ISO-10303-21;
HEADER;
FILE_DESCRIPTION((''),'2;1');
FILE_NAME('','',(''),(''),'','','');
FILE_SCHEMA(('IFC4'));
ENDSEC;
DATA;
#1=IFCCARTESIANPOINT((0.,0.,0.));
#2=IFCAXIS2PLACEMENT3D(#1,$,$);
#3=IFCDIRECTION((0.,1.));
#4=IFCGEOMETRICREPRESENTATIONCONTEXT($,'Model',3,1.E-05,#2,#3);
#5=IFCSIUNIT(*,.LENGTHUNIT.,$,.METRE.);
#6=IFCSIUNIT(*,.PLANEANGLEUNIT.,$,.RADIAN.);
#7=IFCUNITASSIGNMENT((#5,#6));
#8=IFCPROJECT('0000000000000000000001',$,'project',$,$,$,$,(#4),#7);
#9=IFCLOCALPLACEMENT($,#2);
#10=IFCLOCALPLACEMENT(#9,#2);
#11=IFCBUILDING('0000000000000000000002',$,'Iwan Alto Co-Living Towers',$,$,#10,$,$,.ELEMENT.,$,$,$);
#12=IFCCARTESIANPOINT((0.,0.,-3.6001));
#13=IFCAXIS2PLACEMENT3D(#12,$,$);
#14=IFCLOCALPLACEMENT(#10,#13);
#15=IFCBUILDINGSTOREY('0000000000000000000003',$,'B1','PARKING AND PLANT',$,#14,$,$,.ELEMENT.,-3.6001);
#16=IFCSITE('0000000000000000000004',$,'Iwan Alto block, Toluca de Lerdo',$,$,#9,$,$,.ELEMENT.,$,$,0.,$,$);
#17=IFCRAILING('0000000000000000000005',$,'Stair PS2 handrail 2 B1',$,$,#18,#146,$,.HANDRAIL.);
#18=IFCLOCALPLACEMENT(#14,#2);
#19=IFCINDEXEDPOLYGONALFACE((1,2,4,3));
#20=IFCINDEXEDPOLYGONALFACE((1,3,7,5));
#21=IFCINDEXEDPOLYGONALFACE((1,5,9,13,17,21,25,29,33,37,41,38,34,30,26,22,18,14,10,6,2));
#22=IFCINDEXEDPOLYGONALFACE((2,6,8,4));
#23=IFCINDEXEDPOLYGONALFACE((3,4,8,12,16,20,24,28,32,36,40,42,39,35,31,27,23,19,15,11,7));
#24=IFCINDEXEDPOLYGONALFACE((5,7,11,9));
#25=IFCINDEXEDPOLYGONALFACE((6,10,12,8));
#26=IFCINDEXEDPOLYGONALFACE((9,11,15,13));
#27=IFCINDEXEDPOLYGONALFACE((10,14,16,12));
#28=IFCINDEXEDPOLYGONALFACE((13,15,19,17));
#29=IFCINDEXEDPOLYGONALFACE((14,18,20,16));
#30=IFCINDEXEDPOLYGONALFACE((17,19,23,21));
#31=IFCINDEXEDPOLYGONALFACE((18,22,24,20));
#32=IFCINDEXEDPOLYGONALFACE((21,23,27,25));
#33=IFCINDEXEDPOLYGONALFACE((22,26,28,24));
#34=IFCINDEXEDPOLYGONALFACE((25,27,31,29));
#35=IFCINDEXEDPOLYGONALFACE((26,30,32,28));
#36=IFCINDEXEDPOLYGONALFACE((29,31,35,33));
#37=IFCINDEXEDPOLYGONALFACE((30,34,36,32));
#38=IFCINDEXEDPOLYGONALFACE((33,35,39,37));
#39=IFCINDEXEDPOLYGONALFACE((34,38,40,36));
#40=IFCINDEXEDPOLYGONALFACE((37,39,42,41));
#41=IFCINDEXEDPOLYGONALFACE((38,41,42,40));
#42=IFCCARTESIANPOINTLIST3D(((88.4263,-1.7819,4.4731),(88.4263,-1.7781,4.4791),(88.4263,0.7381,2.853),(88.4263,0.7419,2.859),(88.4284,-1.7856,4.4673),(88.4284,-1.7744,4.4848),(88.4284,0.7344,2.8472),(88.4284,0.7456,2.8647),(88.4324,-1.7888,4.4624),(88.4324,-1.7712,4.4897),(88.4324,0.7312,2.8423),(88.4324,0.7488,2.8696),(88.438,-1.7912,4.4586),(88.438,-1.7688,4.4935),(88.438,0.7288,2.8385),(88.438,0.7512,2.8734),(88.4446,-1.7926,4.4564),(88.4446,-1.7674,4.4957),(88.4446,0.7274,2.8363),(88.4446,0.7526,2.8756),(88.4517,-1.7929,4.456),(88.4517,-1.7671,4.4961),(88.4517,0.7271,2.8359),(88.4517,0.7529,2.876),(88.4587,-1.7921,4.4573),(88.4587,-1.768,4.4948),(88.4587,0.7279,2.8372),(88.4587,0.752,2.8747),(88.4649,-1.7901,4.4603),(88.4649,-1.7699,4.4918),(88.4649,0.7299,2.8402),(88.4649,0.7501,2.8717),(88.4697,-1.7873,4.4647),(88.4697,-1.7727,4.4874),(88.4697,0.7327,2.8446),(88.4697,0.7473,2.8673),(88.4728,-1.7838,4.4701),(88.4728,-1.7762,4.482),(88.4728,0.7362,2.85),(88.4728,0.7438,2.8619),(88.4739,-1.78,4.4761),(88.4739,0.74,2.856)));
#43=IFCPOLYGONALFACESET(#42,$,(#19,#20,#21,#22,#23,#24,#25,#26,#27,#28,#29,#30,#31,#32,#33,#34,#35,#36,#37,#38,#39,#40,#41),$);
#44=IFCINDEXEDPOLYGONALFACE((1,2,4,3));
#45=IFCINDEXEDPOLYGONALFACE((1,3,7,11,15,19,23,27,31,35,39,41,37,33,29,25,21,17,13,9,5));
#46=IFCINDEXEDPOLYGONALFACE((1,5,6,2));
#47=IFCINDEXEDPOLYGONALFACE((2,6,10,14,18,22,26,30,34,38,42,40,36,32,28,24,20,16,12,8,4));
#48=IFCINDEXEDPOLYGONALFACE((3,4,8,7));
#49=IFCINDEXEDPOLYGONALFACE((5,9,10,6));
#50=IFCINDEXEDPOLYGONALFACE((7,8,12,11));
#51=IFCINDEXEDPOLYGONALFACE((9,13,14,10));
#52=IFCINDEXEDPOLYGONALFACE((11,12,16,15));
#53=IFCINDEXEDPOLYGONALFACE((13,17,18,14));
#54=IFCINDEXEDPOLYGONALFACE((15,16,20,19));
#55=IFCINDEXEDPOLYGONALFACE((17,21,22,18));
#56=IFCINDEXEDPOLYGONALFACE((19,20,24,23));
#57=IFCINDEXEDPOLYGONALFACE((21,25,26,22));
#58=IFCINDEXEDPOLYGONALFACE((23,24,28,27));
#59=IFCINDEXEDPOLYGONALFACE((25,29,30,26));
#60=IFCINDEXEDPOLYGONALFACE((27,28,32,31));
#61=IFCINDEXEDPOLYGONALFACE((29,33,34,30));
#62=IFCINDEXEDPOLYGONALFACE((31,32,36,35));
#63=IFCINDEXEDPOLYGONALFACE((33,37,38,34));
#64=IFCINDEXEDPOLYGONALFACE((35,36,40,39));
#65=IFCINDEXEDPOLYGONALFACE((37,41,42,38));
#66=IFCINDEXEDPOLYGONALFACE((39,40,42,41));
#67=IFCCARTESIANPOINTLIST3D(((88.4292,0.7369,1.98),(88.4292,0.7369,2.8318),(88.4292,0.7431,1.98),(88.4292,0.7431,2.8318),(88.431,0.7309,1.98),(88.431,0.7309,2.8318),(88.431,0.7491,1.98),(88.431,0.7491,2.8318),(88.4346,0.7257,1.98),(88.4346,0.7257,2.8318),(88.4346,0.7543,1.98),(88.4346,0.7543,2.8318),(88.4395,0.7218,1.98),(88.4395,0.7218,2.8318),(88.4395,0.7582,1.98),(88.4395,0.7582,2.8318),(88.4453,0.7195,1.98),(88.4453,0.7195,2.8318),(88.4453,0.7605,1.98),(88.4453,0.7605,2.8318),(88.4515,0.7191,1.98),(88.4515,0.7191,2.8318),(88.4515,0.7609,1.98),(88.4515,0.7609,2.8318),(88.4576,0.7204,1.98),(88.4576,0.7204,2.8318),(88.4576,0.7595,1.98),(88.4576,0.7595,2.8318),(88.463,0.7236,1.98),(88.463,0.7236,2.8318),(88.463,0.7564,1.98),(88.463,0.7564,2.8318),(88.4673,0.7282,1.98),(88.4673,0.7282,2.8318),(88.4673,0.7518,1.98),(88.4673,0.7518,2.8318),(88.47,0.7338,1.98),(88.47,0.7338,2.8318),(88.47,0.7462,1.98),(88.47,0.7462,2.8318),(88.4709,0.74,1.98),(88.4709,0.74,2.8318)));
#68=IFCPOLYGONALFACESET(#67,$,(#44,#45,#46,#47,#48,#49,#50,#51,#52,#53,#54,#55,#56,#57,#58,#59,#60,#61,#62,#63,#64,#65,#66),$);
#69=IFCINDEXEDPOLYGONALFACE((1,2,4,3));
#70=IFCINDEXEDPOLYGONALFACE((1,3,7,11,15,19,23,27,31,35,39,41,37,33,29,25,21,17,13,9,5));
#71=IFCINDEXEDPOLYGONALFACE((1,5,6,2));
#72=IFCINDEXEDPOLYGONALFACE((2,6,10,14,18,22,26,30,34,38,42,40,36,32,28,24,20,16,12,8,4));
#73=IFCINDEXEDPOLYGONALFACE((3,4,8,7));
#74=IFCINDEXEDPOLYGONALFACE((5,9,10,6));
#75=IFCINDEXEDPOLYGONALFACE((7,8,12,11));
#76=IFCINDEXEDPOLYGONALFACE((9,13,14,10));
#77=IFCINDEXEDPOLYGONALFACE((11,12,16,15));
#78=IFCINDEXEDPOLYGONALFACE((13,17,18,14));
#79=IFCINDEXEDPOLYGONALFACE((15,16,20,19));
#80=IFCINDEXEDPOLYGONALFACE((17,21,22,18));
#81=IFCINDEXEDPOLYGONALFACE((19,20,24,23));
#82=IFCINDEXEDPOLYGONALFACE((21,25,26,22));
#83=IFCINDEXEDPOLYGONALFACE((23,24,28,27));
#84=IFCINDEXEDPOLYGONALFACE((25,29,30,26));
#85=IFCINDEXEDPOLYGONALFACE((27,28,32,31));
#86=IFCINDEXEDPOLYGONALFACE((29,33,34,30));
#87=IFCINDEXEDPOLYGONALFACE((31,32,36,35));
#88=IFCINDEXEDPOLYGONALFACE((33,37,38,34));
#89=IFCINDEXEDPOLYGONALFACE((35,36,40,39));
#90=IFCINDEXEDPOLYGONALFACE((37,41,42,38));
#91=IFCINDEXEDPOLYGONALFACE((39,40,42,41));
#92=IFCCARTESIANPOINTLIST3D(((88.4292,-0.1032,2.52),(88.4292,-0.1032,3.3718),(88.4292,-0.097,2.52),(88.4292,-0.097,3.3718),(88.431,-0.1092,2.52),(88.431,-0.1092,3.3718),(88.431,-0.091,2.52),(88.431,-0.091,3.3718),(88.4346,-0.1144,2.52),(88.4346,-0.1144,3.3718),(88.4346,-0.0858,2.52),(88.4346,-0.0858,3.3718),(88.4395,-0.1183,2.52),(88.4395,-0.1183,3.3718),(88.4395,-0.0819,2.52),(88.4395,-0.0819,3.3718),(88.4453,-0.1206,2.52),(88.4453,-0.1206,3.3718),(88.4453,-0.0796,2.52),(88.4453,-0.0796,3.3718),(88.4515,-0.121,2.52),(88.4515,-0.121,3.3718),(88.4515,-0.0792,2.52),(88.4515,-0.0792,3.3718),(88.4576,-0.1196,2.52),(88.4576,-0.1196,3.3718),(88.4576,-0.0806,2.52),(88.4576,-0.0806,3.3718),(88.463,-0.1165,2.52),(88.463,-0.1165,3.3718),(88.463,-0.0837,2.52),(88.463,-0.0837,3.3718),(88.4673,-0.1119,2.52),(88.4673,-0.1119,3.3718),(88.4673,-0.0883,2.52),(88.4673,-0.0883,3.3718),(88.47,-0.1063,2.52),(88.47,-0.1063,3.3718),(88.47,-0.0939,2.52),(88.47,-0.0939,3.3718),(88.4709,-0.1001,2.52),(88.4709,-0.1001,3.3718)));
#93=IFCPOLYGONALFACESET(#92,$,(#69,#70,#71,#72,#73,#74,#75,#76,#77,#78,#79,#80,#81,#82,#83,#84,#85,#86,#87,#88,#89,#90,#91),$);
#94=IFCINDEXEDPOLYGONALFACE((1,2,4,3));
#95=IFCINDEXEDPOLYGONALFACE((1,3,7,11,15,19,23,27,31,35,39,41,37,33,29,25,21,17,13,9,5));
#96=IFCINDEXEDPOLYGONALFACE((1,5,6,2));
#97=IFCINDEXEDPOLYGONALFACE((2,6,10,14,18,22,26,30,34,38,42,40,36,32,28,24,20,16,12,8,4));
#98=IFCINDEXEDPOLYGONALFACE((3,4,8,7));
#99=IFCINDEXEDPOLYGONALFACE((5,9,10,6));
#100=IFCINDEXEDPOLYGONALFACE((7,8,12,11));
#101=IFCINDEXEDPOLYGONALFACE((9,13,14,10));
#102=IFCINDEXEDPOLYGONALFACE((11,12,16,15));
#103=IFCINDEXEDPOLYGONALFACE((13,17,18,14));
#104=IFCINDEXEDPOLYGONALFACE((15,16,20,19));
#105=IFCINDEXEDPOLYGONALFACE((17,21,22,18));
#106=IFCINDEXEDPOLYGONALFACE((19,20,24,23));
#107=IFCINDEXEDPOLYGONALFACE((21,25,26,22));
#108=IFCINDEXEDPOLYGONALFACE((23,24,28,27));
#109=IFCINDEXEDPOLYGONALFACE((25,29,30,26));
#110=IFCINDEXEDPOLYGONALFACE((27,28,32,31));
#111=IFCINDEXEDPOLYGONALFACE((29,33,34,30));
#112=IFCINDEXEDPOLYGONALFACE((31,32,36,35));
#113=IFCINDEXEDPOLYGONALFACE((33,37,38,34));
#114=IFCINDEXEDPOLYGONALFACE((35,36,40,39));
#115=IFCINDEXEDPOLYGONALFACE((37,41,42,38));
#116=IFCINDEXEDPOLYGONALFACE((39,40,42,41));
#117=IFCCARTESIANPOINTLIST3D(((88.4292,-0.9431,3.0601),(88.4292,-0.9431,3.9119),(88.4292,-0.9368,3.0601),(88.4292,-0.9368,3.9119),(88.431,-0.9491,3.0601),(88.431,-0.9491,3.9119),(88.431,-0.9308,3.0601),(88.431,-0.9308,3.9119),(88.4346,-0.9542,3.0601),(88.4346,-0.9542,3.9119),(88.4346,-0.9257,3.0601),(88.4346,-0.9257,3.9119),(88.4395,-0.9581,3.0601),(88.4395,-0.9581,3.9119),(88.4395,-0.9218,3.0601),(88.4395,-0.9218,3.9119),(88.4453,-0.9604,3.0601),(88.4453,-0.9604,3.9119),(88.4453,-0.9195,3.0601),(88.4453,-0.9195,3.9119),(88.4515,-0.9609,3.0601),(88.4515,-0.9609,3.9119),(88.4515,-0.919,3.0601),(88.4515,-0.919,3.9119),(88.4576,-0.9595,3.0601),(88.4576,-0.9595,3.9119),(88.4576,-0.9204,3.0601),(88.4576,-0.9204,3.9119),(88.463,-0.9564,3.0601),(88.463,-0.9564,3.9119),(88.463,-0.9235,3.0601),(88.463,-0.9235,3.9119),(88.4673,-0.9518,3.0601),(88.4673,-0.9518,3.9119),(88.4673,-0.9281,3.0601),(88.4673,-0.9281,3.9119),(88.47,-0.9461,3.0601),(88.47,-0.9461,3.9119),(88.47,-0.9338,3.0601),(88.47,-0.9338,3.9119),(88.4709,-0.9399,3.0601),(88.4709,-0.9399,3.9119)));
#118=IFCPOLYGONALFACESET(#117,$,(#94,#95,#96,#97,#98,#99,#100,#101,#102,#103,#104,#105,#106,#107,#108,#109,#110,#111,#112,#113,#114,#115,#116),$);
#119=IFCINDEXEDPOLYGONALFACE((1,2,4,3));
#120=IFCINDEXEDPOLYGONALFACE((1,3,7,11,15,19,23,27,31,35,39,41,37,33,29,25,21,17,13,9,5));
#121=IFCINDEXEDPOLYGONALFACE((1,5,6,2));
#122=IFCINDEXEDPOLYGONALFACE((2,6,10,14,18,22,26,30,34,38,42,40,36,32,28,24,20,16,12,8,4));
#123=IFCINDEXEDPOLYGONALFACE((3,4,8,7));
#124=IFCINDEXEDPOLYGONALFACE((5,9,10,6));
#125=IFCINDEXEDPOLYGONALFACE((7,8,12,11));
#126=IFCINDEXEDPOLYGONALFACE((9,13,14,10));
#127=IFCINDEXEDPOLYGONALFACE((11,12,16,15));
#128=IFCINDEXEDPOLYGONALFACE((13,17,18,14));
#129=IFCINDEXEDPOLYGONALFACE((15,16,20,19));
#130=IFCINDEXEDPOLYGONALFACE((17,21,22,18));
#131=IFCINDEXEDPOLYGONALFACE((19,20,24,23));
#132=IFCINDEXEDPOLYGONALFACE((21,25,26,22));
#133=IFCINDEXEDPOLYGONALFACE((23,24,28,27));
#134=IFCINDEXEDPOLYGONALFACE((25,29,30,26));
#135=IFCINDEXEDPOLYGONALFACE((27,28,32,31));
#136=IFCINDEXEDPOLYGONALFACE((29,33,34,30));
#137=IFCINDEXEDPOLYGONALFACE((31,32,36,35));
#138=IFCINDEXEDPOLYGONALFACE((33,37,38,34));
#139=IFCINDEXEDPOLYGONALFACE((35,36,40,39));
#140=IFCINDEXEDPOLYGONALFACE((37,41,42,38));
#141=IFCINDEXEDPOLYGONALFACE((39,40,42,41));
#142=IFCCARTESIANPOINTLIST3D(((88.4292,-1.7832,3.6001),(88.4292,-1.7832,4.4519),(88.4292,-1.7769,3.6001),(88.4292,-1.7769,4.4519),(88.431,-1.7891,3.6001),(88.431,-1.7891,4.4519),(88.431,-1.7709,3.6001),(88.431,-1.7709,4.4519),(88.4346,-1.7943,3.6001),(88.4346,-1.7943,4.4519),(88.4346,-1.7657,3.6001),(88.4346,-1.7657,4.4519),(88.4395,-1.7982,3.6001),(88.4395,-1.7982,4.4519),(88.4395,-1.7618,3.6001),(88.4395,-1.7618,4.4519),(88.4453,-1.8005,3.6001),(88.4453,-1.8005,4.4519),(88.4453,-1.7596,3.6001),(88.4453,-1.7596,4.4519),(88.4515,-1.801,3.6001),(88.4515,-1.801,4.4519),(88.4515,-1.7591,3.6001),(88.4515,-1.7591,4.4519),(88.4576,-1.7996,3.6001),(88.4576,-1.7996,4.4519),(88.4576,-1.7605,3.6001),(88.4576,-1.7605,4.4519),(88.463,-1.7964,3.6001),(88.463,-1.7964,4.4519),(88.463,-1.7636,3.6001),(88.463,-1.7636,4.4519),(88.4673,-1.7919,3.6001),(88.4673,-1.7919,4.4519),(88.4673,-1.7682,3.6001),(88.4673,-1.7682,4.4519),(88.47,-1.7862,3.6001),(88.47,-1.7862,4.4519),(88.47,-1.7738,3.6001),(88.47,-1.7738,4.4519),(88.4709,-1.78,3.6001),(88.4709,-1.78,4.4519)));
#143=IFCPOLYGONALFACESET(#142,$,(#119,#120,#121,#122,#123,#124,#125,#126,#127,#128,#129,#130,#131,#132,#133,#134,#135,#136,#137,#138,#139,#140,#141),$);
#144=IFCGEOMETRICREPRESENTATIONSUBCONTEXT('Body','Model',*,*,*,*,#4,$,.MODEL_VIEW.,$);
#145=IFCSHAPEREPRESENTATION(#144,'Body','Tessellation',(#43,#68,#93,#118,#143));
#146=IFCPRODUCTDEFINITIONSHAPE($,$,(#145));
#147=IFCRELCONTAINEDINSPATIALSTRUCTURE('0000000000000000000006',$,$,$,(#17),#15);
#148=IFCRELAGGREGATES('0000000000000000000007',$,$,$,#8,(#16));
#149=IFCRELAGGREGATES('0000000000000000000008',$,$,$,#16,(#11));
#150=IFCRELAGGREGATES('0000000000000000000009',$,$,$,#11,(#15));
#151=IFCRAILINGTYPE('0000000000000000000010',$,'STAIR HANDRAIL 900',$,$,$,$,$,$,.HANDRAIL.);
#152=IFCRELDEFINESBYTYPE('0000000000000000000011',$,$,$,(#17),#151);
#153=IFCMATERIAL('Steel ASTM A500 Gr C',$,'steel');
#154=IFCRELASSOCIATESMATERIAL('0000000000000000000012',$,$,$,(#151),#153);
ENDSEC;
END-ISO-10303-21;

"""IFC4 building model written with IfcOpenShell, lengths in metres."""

from ifc_helpers import new_model, si_unit, direction, frame, origin, origin_2d, place, context, subcontext, project, spatial, circle, extrude, material, type_object, element, save


model = new_model("IFC4")

# Units and contexts
model_context = context("Model", 3, precision=1e-05, world=origin(), true_north=direction((0.0, 1.0)))
body_context = subcontext(model_context, "Body", "Model", "MODEL_VIEW")
ifc_project = project(units=[si_unit("LENGTHUNIT", "METRE"), si_unit("PLANEANGLEUNIT", "RADIAN")], contexts=[model_context])

# Site, building, storey
site_placement = place(None, origin())
site = spatial("IfcSite", under=ifc_project, at=site_placement, Name="Iwan Alto block, Toluca de Lerdo", CompositionType="ELEMENT", RefElevation=0.0)
building_placement = place(site_placement, origin())
building = spatial("IfcBuilding", under=site, at=building_placement, Name="Iwan Alto Co-Living Towers", CompositionType="ELEMENT")
storey_placement = place(building_placement, frame((0.0, 0.0, -3.6001)))
storey = spatial("IfcBuildingStorey", under=building, at=storey_placement, Name="B1", Description="PARKING AND PLANT", CompositionType="ELEMENT", Elevation=-3.6001)

# Railing
ifc_material_1 = material(Name="Steel ASTM A500 Gr C", Category="steel")
railing_type_1 = type_object("IfcRailingType", Name="STAIR HANDRAIL 900", PredefinedType="HANDRAIL", material=ifc_material_1)
railing_1_placement = place(storey_placement, frame((88.45, 0.74, 1.98)))
element("IfcRailing", 1, at=railing_1_placement, inside=storey, type_object=railing_type_1, Name="Stair PS2 handrail 2 B1", PredefinedType="HANDRAIL", context=body_context, shape_type="SweptSolid", body=[
    extrude(circle(Radius=0.0239, at=origin_2d()), frame((0.0, 0.0, 0.876), z_axis=(0.0, -0.841163, 0.540782), x_axis=(1.0, 0.0, 0.0)), (0.0, 0.0, 1.0), 2.9958),
    extrude(circle(Radius=0.021, at=origin_2d()), origin(), (0.0, 0.0, 1.0), 0.8518),
    extrude(circle(Radius=0.021, at=origin_2d()), frame((0.0, -0.8401, 0.54)), (0.0, 0.0, 1.0), 0.8518),
    extrude(circle(Radius=0.021, at=origin_2d()), frame((0.0, -1.6799, 1.0801)), (0.0, 0.0, 1.0), 0.8518),
    extrude(circle(Radius=0.021, at=origin_2d()), frame((0.0, -2.52, 1.6201)), (0.0, 0.0, 1.0), 0.8518),
])

save(model, "model.ifc")
